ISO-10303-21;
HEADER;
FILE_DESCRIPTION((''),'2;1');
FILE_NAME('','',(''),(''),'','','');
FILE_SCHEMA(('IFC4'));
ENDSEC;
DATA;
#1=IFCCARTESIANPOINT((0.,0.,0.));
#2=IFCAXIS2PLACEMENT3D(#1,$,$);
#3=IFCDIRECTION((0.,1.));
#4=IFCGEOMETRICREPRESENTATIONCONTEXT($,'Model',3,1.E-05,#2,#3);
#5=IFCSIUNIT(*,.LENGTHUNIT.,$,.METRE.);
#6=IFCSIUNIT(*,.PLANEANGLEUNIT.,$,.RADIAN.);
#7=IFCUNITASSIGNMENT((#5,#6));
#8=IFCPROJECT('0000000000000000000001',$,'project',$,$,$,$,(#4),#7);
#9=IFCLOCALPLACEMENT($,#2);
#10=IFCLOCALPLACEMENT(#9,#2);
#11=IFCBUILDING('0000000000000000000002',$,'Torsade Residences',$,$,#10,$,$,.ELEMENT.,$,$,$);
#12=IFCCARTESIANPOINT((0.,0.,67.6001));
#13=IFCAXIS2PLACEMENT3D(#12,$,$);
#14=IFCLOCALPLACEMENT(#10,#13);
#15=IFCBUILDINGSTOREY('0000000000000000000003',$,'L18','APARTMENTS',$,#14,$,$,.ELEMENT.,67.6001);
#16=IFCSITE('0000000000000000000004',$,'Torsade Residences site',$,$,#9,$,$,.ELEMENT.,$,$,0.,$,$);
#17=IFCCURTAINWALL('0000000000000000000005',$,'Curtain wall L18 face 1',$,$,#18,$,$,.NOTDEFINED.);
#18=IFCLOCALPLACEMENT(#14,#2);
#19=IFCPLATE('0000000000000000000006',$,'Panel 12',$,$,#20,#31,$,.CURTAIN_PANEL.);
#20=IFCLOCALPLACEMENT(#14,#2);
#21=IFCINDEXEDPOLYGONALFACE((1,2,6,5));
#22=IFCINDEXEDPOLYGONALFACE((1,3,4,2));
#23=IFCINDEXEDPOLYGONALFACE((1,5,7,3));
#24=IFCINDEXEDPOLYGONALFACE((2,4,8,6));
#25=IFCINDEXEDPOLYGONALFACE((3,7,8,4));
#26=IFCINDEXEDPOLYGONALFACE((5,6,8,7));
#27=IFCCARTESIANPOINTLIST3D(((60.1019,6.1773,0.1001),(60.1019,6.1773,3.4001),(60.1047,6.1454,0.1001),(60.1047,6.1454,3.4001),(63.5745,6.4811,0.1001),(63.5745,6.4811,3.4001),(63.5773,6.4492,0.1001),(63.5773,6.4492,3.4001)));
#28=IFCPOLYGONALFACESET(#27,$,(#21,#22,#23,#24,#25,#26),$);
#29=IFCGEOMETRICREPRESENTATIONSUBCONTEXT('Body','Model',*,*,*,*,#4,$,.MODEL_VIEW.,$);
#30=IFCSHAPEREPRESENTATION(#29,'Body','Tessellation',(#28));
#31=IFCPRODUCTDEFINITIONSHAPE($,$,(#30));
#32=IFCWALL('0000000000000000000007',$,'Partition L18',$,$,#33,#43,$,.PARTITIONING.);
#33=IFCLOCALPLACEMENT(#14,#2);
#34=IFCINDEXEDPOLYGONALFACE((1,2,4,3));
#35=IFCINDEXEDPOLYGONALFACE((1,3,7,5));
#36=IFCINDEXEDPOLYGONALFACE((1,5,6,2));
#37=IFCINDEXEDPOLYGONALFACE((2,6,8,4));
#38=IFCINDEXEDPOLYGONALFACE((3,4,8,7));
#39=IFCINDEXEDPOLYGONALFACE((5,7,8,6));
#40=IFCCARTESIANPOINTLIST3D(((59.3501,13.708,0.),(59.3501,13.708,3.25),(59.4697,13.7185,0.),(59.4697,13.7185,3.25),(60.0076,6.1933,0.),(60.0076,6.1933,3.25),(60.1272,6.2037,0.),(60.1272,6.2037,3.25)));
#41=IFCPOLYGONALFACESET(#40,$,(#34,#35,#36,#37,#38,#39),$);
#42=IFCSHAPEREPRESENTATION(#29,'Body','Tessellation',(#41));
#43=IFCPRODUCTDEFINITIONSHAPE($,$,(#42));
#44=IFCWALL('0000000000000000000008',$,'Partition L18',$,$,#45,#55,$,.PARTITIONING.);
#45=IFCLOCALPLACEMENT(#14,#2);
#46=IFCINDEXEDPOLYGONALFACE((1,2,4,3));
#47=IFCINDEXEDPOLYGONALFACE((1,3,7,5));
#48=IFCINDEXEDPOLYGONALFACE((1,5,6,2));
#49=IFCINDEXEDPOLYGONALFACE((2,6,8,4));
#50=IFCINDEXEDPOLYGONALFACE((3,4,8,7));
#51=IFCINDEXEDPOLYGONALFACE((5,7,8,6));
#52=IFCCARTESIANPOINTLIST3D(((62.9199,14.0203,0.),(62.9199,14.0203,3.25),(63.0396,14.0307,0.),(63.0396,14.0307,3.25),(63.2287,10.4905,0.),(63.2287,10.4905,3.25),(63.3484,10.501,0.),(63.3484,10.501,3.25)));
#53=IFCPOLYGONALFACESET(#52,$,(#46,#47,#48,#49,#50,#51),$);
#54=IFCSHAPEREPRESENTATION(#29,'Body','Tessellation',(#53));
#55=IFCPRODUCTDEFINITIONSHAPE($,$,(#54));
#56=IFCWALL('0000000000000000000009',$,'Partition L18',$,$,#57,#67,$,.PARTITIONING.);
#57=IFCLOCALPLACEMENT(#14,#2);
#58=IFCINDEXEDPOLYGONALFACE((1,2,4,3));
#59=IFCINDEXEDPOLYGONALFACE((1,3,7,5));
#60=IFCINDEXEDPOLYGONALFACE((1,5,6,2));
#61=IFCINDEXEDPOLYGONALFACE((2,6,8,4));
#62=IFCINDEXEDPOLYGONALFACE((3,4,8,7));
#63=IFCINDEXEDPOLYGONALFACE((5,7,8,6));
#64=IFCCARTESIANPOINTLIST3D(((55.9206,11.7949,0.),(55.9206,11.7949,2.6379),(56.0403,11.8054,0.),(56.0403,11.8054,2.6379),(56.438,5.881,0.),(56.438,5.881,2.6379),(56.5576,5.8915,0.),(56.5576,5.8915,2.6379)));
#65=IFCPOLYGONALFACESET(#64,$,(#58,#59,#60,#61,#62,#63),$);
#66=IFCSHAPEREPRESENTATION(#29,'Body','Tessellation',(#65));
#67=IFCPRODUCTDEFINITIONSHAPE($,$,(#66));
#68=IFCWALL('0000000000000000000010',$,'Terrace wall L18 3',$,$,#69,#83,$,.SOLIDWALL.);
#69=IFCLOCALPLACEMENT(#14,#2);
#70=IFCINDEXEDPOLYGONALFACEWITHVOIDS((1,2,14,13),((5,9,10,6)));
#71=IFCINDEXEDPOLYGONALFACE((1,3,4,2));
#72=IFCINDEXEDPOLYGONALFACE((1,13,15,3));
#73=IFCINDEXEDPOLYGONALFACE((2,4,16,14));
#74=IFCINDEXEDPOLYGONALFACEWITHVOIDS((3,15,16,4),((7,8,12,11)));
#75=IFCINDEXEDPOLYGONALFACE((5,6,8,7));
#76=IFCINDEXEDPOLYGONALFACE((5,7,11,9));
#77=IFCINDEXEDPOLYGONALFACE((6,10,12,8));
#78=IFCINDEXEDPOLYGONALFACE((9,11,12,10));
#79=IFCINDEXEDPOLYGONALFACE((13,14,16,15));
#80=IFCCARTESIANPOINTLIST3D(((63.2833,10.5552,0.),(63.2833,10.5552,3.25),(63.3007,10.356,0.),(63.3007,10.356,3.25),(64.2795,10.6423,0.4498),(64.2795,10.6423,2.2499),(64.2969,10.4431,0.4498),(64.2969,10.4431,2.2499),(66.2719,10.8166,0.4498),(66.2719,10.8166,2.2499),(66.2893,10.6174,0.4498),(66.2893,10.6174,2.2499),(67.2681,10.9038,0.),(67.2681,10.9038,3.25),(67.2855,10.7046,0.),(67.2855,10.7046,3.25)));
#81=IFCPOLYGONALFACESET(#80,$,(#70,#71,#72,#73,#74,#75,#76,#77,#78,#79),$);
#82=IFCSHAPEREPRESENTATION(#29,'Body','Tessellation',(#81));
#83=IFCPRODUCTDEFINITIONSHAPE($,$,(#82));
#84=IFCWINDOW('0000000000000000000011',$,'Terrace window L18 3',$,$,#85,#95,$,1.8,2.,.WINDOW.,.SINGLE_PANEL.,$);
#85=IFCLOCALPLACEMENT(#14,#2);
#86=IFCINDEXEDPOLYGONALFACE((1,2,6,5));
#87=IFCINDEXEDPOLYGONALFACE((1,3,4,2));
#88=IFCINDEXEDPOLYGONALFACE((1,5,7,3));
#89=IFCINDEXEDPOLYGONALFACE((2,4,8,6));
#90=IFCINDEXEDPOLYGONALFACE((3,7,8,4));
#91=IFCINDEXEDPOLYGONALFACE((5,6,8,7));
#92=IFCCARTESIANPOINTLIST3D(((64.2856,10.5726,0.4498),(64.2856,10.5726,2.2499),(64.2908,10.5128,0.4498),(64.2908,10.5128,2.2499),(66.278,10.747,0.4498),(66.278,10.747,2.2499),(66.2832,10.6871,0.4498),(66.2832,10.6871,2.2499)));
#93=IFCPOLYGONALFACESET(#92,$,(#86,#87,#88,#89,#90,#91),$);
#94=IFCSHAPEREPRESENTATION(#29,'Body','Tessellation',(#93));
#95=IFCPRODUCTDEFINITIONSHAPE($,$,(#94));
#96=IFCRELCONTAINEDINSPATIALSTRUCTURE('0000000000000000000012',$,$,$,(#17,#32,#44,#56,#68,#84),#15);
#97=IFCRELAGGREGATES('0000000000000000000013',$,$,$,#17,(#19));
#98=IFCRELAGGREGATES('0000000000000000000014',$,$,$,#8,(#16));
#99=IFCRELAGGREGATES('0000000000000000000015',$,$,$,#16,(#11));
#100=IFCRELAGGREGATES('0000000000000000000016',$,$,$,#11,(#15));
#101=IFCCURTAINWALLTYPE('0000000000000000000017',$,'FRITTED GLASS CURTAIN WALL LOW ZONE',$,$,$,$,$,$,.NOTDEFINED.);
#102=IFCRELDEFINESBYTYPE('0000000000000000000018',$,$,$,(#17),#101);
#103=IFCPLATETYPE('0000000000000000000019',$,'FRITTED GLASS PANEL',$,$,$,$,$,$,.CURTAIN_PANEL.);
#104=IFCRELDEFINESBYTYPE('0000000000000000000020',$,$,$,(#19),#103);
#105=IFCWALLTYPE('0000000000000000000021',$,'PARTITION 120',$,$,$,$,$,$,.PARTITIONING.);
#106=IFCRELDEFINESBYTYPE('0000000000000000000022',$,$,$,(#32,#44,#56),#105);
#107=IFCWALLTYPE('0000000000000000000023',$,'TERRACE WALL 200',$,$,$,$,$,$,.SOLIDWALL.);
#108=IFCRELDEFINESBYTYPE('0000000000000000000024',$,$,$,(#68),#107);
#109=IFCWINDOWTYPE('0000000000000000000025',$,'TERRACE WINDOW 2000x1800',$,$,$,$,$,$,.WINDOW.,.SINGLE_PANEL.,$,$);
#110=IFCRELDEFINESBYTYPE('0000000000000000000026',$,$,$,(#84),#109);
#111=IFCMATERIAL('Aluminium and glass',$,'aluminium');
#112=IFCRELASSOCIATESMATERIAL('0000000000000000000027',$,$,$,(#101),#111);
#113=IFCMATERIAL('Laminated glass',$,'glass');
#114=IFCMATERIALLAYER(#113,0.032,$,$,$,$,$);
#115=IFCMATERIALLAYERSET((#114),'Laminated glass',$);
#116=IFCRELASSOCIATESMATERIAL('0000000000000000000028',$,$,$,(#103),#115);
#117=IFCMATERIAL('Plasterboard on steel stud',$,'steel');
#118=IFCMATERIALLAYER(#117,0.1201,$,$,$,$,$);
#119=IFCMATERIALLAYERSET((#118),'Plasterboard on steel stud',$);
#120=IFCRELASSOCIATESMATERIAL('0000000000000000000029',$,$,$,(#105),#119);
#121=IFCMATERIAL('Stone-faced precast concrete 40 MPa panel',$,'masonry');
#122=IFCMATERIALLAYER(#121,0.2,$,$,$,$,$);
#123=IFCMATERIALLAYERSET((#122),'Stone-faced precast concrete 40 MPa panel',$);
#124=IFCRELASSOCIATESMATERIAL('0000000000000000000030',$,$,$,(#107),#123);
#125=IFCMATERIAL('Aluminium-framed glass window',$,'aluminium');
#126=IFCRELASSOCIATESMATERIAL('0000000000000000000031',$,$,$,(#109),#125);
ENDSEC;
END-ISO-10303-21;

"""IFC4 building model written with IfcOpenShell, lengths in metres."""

from ifc_helpers import new_model, si_unit, direction, frame, frame_2d, origin, origin_2d, place, context, subcontext, project, spatial, rectangle, extrude, material, layer, layer_set, type_object, element, fill, aggregate, save


model = new_model("IFC4")

# Units and contexts
model_context = context("Model", 3, precision=1e-05, world=origin(), true_north=direction((0.0, 1.0)))
body_context = subcontext(model_context, "Body", "Model", "MODEL_VIEW")
ifc_project = project(units=[si_unit("LENGTHUNIT", "METRE"), si_unit("PLANEANGLEUNIT", "RADIAN")], contexts=[model_context])

# Site, building, storey
site_placement = place(None, origin())
site = spatial("IfcSite", under=ifc_project, at=site_placement, Name="Torsade Residences site", CompositionType="ELEMENT", RefElevation=0.0)
building_placement = place(site_placement, origin())
building = spatial("IfcBuilding", under=site, at=building_placement, Name="Torsade Residences", CompositionType="ELEMENT")
storey_placement = place(building_placement, frame((0.0, 0.0, 67.6001)))
storey = spatial("IfcBuildingStorey", under=building, at=storey_placement, Name="L18", Description="APARTMENTS", CompositionType="ELEMENT", Elevation=67.6001)

# Curtain wall
ifc_material_1 = material(Name="Aluminium and glass", Category="aluminium")
curtain_wall_type = type_object("IfcCurtainWallType", Name="FRITTED GLASS CURTAIN WALL LOW ZONE", PredefinedType="NOTDEFINED", material=ifc_material_1)
curtain_wall_placement = place(storey_placement, origin())
curtain_wall = element("IfcCurtainWall", 1, at=curtain_wall_placement, inside=storey, type_object=curtain_wall_type, Name="Curtain wall L18 face 1", PredefinedType="NOTDEFINED")

# Plate
ifc_material_2 = material(Name="Laminated glass", Category="glass")
ifc_layer_1 = layer(ifc_material_2, 0.032)
ifc_layer_set_1 = layer_set([ifc_layer_1], Name="Laminated glass")
plate_type = type_object("IfcPlateType", Name="FRITTED GLASS PANEL", PredefinedType="CURTAIN_PANEL", material=ifc_layer_set_1)
plate_1_placement = place(storey_placement, frame((61.8396, 6.3132, 0.1001), z_axis=(0.0, 0.0, 1.0), x_axis=(0.996195, 0.087156, 0.0)))
plate_1 = element("IfcPlate", 2, at=plate_1_placement, type_object=plate_type, Name="Panel 12", PredefinedType="CURTAIN_PANEL", context=body_context, shape_type="SweptSolid", body=[
    extrude(rectangle(XDim=3.4858, YDim=0.032, at=origin_2d()), origin(), (0.0, 0.0, 1.0), 3.3),
])
aggregate(curtain_wall, [plate_1])

# Shared definitions
ifc_material_3 = material(Name="Plasterboard on steel stud", Category="steel")
ifc_layer_2 = layer(ifc_material_3, 0.1201)
ifc_layer_set_2 = layer_set([ifc_layer_2], Name="Plasterboard on steel stud")
wall_type_1 = type_object("IfcWallType", Name="PARTITION 120", PredefinedType="PARTITIONING", material=ifc_layer_set_2)

# Walls
wall_1_placement = place(storey_placement, frame((60.0674, 6.1985, 0.0), z_axis=(0.0, 0.0, 1.0), x_axis=(-0.087159, 0.996194, 0.0)))
element("IfcWall", 3, at=wall_1_placement, inside=storey, type_object=wall_type_1, Name="Partition L18", PredefinedType="PARTITIONING", context=body_context, shape_type="SweptSolid", body=[
    extrude(rectangle(XDim=7.5435, YDim=0.1201, at=frame_2d((3.7717, 0.0))), origin(), (0.0, 0.0, 1.0), 3.25),
])
wall_2_placement = place(storey_placement, frame((62.9797, 14.0254, 0.0), z_axis=(0.0, 0.0, 1.0), x_axis=(0.087162, -0.996194, 0.0)))
element("IfcWall", 4, at=wall_2_placement, inside=storey, type_object=wall_type_1, Name="Partition L18", PredefinedType="PARTITIONING", context=body_context, shape_type="SweptSolid", body=[
    extrude(rectangle(XDim=3.5432, YDim=0.1201, at=frame_2d((1.7715, 0.0))), origin(), (0.0, 0.0, 1.0), 3.25),
])
wall_3_placement = place(storey_placement, frame((56.4978, 5.8862, 0.0), z_axis=(0.0, 0.0, 1.0), x_axis=(-0.087146, 0.996196, 0.0)))
element("IfcWall", 5, at=wall_3_placement, inside=storey, type_object=wall_type_1, Name="Partition L18", PredefinedType="PARTITIONING", context=body_context, shape_type="SweptSolid", body=[
    extrude(rectangle(XDim=5.9365, YDim=0.1201, at=frame_2d((2.9683, 0.0))), origin(), (0.0, 0.0, 1.0), 2.6379),
])

# Wall, opening, window
ifc_material_4 = material(Name="Stone-faced precast concrete 40 MPa panel", Category="masonry")
ifc_layer_3 = layer(ifc_material_4, 0.2)
ifc_layer_set_3 = layer_set([ifc_layer_3], Name="Stone-faced precast concrete 40 MPa panel")
wall_type_2 = type_object("IfcWallType", Name="TERRACE WALL 200", PredefinedType="SOLIDWALL", material=ifc_layer_set_3)
wall_4_placement = place(storey_placement, frame((63.292, 10.4556, 0.0), z_axis=(0.0, 0.0, 1.0), x_axis=(0.996195, 0.087156, 0.0)))
wall_4 = element("IfcWall", 6, at=wall_4_placement, inside=storey, type_object=wall_type_2, Name="Terrace wall L18 3", PredefinedType="SOLIDWALL", context=body_context, shape_type="SweptSolid", body=[
    extrude(rectangle(XDim=4.0, YDim=0.2, at=frame_2d((2.0, 0.0))), origin(), (0.0, 0.0, 1.0), 3.25),
])
opening_1_placement = place(wall_4_placement, frame((1.0, 0.0, 0.45)))
opening_1 = element("IfcOpeningElement", 7, at=opening_1_placement, cuts=wall_4, PredefinedType="OPENING", context=body_context, shape_type="SweptSolid", body=[
    extrude(rectangle(XDim=2.0, YDim=1.8, at=frame_2d((1.0, 0.8999))), frame((0.0, 0.1099, 0.0), z_axis=(0.0, -1.0, 0.0), x_axis=(1.0, 0.0, 0.0)), (0.0, 0.0, 1.0), 0.22),
])
ifc_material_5 = material(Name="Aluminium-framed glass window", Category="aluminium")
window_type = type_object("IfcWindowType", Name="TERRACE WINDOW 2000x1800", PartitioningType="SINGLE_PANEL", PredefinedType="WINDOW", material=ifc_material_5)
window_placement = place(opening_1_placement, origin())
window = element("IfcWindow", 8, at=window_placement, inside=storey, type_object=window_type, Name="Terrace window L18 3", OverallHeight=1.8, OverallWidth=2.0, PartitioningType="SINGLE_PANEL", PredefinedType="WINDOW", context=body_context, shape_type="SweptSolid", body=[
    extrude(rectangle(XDim=2.0, YDim=1.8, at=frame_2d((1.0, 0.8999))), frame((0.0, 0.03, 0.0), z_axis=(0.0, -1.0, 0.0), x_axis=(1.0, 0.0, 0.0)), (0.0, 0.0, 1.0), 0.0601),
])
fill(opening_1, window)

save(model, "model.ifc")
